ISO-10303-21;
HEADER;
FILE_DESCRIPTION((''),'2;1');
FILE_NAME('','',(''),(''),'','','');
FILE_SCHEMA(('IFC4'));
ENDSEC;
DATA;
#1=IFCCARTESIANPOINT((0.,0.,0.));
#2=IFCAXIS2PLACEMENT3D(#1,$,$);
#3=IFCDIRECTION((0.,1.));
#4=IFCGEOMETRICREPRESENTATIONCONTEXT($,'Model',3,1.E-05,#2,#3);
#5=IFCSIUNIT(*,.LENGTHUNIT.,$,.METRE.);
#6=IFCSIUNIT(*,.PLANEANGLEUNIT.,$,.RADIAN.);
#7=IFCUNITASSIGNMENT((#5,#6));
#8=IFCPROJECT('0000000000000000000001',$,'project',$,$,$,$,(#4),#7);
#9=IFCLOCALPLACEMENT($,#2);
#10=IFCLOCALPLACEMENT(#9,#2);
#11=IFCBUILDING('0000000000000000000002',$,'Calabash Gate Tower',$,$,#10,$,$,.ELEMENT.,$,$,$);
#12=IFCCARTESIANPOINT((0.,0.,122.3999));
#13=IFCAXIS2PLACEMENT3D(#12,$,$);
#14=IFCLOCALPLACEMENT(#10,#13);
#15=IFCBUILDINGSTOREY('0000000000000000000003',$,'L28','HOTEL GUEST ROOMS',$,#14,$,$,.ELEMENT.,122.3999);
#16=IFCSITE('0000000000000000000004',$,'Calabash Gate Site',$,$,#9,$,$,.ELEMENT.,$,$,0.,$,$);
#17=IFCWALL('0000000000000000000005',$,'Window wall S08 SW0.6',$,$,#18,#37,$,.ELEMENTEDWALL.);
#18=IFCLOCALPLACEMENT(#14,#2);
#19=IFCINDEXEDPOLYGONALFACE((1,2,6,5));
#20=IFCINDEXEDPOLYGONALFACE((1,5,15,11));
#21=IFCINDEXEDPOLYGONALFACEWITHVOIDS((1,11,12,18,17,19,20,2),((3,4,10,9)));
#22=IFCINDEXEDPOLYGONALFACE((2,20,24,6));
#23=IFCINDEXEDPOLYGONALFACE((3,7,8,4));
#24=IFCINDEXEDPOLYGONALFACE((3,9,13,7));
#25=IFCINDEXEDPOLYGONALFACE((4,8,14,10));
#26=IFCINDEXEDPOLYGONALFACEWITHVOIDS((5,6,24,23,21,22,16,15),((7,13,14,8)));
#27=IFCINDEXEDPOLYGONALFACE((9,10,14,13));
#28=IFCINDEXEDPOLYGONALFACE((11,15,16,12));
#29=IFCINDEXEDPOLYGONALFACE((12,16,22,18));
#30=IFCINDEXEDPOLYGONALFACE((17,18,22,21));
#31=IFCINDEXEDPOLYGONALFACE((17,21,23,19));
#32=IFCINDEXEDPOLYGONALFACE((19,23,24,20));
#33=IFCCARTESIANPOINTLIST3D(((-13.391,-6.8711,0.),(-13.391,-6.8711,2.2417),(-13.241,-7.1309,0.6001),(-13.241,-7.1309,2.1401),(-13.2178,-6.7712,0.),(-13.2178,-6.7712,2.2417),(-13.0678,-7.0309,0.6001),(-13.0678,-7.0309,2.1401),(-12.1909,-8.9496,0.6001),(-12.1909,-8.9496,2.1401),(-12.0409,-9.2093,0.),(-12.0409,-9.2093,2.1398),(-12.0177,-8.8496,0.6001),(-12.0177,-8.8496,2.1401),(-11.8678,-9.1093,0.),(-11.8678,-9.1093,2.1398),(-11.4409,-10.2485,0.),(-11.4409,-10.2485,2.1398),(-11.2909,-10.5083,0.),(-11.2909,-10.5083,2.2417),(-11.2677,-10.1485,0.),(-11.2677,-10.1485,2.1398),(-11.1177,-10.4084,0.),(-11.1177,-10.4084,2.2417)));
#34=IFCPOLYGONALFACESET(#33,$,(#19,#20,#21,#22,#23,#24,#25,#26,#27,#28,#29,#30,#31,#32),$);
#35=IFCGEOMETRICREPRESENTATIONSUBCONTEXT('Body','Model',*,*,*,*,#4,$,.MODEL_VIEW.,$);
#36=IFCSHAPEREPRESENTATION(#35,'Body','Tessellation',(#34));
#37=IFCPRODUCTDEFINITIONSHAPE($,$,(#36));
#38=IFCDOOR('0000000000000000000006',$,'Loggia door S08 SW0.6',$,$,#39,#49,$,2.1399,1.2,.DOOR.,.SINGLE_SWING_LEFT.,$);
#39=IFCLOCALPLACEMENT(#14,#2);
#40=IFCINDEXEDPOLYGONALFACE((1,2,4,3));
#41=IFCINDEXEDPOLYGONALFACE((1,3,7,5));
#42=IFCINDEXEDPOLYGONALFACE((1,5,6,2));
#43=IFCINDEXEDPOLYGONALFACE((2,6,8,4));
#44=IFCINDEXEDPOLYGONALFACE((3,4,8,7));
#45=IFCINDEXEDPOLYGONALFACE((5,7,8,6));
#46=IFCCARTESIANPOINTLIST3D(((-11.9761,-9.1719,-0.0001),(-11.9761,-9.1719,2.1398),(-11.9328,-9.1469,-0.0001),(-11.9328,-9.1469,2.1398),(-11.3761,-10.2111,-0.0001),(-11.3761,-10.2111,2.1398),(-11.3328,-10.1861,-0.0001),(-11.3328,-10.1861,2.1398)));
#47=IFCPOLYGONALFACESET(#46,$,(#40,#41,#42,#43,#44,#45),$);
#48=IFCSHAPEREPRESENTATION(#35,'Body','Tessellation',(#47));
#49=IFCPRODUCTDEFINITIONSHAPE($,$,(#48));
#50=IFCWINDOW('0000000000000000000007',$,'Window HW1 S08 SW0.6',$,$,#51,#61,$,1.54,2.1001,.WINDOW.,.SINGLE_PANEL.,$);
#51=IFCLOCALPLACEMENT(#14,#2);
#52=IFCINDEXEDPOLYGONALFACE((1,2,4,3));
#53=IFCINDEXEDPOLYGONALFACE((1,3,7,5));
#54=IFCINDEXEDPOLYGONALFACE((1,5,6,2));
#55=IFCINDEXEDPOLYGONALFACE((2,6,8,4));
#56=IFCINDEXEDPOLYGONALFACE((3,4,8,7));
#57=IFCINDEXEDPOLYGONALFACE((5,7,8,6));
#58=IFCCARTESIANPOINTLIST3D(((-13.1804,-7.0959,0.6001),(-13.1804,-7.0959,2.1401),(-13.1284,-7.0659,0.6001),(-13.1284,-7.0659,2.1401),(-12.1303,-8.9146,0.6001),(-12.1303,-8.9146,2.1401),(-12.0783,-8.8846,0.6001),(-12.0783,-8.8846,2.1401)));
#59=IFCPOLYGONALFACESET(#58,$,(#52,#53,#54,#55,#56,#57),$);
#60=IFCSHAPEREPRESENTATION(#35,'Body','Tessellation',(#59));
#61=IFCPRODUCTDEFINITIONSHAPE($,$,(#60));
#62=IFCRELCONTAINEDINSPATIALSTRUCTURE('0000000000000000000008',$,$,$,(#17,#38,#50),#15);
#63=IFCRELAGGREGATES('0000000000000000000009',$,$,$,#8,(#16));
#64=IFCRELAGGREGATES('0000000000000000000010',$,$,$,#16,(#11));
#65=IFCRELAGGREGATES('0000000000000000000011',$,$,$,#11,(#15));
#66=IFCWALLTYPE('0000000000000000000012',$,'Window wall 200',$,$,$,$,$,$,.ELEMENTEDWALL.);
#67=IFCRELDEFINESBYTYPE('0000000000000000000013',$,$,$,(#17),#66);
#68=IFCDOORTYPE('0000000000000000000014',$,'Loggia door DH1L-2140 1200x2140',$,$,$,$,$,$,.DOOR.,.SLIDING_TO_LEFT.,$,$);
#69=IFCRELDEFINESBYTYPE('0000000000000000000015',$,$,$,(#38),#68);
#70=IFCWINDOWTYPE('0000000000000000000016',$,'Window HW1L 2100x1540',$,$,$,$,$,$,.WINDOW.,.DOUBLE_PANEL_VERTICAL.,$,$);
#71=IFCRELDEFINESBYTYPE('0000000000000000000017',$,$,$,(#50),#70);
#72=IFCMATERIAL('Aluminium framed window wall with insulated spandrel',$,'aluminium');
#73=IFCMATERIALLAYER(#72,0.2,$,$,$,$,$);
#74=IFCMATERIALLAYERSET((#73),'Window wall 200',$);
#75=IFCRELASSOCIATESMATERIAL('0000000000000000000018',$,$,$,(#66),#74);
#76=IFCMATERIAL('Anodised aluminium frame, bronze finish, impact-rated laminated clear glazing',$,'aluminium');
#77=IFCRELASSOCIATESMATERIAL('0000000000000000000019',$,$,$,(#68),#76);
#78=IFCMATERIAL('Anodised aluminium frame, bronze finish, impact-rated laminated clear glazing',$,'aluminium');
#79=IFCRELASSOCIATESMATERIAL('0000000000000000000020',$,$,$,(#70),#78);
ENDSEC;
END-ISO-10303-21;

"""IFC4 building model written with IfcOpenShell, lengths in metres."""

from ifc_helpers import new_model, si_unit, direction, frame, frame_2d, origin, place, context, subcontext, project, spatial, rectangle, extrude, material, layer, layer_set, type_object, element, fill, save


model = new_model("IFC4")

# Units and contexts
model_context = context("Model", 3, precision=1e-05, world=origin(), true_north=direction((0.0, 1.0)))
body_context = subcontext(model_context, "Body", "Model", "MODEL_VIEW")
ifc_project = project(units=[si_unit("LENGTHUNIT", "METRE"), si_unit("PLANEANGLEUNIT", "RADIAN")], contexts=[model_context])

# Site, building, storey
site_placement = place(None, origin())
site = spatial("IfcSite", under=ifc_project, at=site_placement, Name="Calabash Gate Site", CompositionType="ELEMENT", RefElevation=0.0)
building_placement = place(site_placement, origin())
building = spatial("IfcBuilding", under=site, at=building_placement, Name="Calabash Gate Tower", CompositionType="ELEMENT")
storey_placement = place(building_placement, frame((0.0, 0.0, 122.3999)))
storey = spatial("IfcBuildingStorey", under=building, at=storey_placement, Name="L28", Description="HOTEL GUEST ROOMS", CompositionType="ELEMENT", Elevation=122.3999)

# Wall, openings, door, window
ifc_material_1 = material(Name="Aluminium framed window wall with insulated spandrel", Category="aluminium")
ifc_layer_1 = layer(ifc_material_1, 0.2)
ifc_layer_set_1 = layer_set([ifc_layer_1], Name="Window wall 200")
wall_type_1 = type_object("IfcWallType", Name="Window wall 200", PredefinedType="ELEMENTEDWALL", material=ifc_layer_set_1)
wall_1_placement = place(storey_placement, frame((-13.3044, -6.821, 0.0), z_axis=(0.0, 0.0, 1.0), x_axis=(0.500028, -0.866009, 0.0)))
wall_1 = element("IfcWall", 1, at=wall_1_placement, inside=storey, type_object=wall_type_1, Name="Window wall S08 SW0.6", PredefinedType="ELEMENTEDWALL", context=body_context, shape_type="SweptSolid", body=[
    extrude(rectangle(XDim=4.2, YDim=0.2, at=frame_2d((2.1001, 0.0))), origin(), (0.0, 0.0, 1.0), 2.2417),
])
opening_1_placement = place(wall_1_placement, frame((0.3, 0.0, 0.6001)))
opening_1 = element("IfcOpeningElement", 2, at=opening_1_placement, cuts=wall_1, PredefinedType="OPENING", context=body_context, shape_type="SweptSolid", body=[
    extrude(rectangle(XDim=2.1001, YDim=1.54, at=frame_2d((1.05, 0.77))), frame((0.0, 0.1099, 0.0), z_axis=(0.0, -1.0, 0.0), x_axis=(1.0, 0.0, 0.0)), (0.0, 0.0, 1.0), 0.22),
])
opening_2_placement = place(wall_1_placement, frame((2.7, 0.0, 0.0)))
opening_2 = element("IfcOpeningElement", 3, at=opening_2_placement, cuts=wall_1, PredefinedType="OPENING", context=body_context, shape_type="SweptSolid", body=[
    extrude(rectangle(XDim=1.2, YDim=2.1399, at=frame_2d((0.6001, 1.0698))), frame((0.0, 0.1099, 0.0), z_axis=(0.0, -1.0, 0.0), x_axis=(1.0, 0.0, 0.0)), (0.0, 0.0, 1.0), 0.22),
])
ifc_material_2 = material(Name="Anodised aluminium frame, bronze finish, impact-rated laminated clear glazing", Category="aluminium")
door_type_1 = type_object("IfcDoorType", Name="Loggia door DH1L-2140 1200x2140", OperationType="SLIDING_TO_LEFT", PredefinedType="DOOR", material=ifc_material_2)
door_1_placement = place(opening_2_placement, origin())
door_1 = element("IfcDoor", 4, at=door_1_placement, inside=storey, type_object=door_type_1, Name="Loggia door S08 SW0.6", OperationType="SINGLE_SWING_LEFT", OverallHeight=2.1399, OverallWidth=1.2, PredefinedType="DOOR", context=body_context, shape_type="SweptSolid", body=[
    extrude(rectangle(XDim=1.2, YDim=2.1399, at=frame_2d((0.6001, 1.0698))), frame((0.0, 0.0249, 0.0), z_axis=(0.0, -1.0, 0.0), x_axis=(1.0, 0.0, 0.0)), (0.0, 0.0, 1.0), 0.05),
])
fill(opening_2, door_1)
ifc_material_3 = material(Name="Anodised aluminium frame, bronze finish, impact-rated laminated clear glazing", Category="aluminium")
window_type_1 = type_object("IfcWindowType", Name="Window HW1L 2100x1540", PartitioningType="DOUBLE_PANEL_VERTICAL", PredefinedType="WINDOW", material=ifc_material_3)
window_1_placement = place(opening_1_placement, origin())
window_1 = element("IfcWindow", 5, at=window_1_placement, inside=storey, type_object=window_type_1, Name="Window HW1 S08 SW0.6", OverallHeight=1.54, OverallWidth=2.1001, PartitioningType="SINGLE_PANEL", PredefinedType="WINDOW", context=body_context, shape_type="SweptSolid", body=[
    extrude(rectangle(XDim=2.1001, YDim=1.54, at=frame_2d((1.05, 0.77))), frame((0.0, 0.03, 0.0), z_axis=(0.0, -1.0, 0.0), x_axis=(1.0, 0.0, 0.0)), (0.0, 0.0, 1.0), 0.0601),
])
fill(opening_1, window_1)

save(model, "model.ifc")
